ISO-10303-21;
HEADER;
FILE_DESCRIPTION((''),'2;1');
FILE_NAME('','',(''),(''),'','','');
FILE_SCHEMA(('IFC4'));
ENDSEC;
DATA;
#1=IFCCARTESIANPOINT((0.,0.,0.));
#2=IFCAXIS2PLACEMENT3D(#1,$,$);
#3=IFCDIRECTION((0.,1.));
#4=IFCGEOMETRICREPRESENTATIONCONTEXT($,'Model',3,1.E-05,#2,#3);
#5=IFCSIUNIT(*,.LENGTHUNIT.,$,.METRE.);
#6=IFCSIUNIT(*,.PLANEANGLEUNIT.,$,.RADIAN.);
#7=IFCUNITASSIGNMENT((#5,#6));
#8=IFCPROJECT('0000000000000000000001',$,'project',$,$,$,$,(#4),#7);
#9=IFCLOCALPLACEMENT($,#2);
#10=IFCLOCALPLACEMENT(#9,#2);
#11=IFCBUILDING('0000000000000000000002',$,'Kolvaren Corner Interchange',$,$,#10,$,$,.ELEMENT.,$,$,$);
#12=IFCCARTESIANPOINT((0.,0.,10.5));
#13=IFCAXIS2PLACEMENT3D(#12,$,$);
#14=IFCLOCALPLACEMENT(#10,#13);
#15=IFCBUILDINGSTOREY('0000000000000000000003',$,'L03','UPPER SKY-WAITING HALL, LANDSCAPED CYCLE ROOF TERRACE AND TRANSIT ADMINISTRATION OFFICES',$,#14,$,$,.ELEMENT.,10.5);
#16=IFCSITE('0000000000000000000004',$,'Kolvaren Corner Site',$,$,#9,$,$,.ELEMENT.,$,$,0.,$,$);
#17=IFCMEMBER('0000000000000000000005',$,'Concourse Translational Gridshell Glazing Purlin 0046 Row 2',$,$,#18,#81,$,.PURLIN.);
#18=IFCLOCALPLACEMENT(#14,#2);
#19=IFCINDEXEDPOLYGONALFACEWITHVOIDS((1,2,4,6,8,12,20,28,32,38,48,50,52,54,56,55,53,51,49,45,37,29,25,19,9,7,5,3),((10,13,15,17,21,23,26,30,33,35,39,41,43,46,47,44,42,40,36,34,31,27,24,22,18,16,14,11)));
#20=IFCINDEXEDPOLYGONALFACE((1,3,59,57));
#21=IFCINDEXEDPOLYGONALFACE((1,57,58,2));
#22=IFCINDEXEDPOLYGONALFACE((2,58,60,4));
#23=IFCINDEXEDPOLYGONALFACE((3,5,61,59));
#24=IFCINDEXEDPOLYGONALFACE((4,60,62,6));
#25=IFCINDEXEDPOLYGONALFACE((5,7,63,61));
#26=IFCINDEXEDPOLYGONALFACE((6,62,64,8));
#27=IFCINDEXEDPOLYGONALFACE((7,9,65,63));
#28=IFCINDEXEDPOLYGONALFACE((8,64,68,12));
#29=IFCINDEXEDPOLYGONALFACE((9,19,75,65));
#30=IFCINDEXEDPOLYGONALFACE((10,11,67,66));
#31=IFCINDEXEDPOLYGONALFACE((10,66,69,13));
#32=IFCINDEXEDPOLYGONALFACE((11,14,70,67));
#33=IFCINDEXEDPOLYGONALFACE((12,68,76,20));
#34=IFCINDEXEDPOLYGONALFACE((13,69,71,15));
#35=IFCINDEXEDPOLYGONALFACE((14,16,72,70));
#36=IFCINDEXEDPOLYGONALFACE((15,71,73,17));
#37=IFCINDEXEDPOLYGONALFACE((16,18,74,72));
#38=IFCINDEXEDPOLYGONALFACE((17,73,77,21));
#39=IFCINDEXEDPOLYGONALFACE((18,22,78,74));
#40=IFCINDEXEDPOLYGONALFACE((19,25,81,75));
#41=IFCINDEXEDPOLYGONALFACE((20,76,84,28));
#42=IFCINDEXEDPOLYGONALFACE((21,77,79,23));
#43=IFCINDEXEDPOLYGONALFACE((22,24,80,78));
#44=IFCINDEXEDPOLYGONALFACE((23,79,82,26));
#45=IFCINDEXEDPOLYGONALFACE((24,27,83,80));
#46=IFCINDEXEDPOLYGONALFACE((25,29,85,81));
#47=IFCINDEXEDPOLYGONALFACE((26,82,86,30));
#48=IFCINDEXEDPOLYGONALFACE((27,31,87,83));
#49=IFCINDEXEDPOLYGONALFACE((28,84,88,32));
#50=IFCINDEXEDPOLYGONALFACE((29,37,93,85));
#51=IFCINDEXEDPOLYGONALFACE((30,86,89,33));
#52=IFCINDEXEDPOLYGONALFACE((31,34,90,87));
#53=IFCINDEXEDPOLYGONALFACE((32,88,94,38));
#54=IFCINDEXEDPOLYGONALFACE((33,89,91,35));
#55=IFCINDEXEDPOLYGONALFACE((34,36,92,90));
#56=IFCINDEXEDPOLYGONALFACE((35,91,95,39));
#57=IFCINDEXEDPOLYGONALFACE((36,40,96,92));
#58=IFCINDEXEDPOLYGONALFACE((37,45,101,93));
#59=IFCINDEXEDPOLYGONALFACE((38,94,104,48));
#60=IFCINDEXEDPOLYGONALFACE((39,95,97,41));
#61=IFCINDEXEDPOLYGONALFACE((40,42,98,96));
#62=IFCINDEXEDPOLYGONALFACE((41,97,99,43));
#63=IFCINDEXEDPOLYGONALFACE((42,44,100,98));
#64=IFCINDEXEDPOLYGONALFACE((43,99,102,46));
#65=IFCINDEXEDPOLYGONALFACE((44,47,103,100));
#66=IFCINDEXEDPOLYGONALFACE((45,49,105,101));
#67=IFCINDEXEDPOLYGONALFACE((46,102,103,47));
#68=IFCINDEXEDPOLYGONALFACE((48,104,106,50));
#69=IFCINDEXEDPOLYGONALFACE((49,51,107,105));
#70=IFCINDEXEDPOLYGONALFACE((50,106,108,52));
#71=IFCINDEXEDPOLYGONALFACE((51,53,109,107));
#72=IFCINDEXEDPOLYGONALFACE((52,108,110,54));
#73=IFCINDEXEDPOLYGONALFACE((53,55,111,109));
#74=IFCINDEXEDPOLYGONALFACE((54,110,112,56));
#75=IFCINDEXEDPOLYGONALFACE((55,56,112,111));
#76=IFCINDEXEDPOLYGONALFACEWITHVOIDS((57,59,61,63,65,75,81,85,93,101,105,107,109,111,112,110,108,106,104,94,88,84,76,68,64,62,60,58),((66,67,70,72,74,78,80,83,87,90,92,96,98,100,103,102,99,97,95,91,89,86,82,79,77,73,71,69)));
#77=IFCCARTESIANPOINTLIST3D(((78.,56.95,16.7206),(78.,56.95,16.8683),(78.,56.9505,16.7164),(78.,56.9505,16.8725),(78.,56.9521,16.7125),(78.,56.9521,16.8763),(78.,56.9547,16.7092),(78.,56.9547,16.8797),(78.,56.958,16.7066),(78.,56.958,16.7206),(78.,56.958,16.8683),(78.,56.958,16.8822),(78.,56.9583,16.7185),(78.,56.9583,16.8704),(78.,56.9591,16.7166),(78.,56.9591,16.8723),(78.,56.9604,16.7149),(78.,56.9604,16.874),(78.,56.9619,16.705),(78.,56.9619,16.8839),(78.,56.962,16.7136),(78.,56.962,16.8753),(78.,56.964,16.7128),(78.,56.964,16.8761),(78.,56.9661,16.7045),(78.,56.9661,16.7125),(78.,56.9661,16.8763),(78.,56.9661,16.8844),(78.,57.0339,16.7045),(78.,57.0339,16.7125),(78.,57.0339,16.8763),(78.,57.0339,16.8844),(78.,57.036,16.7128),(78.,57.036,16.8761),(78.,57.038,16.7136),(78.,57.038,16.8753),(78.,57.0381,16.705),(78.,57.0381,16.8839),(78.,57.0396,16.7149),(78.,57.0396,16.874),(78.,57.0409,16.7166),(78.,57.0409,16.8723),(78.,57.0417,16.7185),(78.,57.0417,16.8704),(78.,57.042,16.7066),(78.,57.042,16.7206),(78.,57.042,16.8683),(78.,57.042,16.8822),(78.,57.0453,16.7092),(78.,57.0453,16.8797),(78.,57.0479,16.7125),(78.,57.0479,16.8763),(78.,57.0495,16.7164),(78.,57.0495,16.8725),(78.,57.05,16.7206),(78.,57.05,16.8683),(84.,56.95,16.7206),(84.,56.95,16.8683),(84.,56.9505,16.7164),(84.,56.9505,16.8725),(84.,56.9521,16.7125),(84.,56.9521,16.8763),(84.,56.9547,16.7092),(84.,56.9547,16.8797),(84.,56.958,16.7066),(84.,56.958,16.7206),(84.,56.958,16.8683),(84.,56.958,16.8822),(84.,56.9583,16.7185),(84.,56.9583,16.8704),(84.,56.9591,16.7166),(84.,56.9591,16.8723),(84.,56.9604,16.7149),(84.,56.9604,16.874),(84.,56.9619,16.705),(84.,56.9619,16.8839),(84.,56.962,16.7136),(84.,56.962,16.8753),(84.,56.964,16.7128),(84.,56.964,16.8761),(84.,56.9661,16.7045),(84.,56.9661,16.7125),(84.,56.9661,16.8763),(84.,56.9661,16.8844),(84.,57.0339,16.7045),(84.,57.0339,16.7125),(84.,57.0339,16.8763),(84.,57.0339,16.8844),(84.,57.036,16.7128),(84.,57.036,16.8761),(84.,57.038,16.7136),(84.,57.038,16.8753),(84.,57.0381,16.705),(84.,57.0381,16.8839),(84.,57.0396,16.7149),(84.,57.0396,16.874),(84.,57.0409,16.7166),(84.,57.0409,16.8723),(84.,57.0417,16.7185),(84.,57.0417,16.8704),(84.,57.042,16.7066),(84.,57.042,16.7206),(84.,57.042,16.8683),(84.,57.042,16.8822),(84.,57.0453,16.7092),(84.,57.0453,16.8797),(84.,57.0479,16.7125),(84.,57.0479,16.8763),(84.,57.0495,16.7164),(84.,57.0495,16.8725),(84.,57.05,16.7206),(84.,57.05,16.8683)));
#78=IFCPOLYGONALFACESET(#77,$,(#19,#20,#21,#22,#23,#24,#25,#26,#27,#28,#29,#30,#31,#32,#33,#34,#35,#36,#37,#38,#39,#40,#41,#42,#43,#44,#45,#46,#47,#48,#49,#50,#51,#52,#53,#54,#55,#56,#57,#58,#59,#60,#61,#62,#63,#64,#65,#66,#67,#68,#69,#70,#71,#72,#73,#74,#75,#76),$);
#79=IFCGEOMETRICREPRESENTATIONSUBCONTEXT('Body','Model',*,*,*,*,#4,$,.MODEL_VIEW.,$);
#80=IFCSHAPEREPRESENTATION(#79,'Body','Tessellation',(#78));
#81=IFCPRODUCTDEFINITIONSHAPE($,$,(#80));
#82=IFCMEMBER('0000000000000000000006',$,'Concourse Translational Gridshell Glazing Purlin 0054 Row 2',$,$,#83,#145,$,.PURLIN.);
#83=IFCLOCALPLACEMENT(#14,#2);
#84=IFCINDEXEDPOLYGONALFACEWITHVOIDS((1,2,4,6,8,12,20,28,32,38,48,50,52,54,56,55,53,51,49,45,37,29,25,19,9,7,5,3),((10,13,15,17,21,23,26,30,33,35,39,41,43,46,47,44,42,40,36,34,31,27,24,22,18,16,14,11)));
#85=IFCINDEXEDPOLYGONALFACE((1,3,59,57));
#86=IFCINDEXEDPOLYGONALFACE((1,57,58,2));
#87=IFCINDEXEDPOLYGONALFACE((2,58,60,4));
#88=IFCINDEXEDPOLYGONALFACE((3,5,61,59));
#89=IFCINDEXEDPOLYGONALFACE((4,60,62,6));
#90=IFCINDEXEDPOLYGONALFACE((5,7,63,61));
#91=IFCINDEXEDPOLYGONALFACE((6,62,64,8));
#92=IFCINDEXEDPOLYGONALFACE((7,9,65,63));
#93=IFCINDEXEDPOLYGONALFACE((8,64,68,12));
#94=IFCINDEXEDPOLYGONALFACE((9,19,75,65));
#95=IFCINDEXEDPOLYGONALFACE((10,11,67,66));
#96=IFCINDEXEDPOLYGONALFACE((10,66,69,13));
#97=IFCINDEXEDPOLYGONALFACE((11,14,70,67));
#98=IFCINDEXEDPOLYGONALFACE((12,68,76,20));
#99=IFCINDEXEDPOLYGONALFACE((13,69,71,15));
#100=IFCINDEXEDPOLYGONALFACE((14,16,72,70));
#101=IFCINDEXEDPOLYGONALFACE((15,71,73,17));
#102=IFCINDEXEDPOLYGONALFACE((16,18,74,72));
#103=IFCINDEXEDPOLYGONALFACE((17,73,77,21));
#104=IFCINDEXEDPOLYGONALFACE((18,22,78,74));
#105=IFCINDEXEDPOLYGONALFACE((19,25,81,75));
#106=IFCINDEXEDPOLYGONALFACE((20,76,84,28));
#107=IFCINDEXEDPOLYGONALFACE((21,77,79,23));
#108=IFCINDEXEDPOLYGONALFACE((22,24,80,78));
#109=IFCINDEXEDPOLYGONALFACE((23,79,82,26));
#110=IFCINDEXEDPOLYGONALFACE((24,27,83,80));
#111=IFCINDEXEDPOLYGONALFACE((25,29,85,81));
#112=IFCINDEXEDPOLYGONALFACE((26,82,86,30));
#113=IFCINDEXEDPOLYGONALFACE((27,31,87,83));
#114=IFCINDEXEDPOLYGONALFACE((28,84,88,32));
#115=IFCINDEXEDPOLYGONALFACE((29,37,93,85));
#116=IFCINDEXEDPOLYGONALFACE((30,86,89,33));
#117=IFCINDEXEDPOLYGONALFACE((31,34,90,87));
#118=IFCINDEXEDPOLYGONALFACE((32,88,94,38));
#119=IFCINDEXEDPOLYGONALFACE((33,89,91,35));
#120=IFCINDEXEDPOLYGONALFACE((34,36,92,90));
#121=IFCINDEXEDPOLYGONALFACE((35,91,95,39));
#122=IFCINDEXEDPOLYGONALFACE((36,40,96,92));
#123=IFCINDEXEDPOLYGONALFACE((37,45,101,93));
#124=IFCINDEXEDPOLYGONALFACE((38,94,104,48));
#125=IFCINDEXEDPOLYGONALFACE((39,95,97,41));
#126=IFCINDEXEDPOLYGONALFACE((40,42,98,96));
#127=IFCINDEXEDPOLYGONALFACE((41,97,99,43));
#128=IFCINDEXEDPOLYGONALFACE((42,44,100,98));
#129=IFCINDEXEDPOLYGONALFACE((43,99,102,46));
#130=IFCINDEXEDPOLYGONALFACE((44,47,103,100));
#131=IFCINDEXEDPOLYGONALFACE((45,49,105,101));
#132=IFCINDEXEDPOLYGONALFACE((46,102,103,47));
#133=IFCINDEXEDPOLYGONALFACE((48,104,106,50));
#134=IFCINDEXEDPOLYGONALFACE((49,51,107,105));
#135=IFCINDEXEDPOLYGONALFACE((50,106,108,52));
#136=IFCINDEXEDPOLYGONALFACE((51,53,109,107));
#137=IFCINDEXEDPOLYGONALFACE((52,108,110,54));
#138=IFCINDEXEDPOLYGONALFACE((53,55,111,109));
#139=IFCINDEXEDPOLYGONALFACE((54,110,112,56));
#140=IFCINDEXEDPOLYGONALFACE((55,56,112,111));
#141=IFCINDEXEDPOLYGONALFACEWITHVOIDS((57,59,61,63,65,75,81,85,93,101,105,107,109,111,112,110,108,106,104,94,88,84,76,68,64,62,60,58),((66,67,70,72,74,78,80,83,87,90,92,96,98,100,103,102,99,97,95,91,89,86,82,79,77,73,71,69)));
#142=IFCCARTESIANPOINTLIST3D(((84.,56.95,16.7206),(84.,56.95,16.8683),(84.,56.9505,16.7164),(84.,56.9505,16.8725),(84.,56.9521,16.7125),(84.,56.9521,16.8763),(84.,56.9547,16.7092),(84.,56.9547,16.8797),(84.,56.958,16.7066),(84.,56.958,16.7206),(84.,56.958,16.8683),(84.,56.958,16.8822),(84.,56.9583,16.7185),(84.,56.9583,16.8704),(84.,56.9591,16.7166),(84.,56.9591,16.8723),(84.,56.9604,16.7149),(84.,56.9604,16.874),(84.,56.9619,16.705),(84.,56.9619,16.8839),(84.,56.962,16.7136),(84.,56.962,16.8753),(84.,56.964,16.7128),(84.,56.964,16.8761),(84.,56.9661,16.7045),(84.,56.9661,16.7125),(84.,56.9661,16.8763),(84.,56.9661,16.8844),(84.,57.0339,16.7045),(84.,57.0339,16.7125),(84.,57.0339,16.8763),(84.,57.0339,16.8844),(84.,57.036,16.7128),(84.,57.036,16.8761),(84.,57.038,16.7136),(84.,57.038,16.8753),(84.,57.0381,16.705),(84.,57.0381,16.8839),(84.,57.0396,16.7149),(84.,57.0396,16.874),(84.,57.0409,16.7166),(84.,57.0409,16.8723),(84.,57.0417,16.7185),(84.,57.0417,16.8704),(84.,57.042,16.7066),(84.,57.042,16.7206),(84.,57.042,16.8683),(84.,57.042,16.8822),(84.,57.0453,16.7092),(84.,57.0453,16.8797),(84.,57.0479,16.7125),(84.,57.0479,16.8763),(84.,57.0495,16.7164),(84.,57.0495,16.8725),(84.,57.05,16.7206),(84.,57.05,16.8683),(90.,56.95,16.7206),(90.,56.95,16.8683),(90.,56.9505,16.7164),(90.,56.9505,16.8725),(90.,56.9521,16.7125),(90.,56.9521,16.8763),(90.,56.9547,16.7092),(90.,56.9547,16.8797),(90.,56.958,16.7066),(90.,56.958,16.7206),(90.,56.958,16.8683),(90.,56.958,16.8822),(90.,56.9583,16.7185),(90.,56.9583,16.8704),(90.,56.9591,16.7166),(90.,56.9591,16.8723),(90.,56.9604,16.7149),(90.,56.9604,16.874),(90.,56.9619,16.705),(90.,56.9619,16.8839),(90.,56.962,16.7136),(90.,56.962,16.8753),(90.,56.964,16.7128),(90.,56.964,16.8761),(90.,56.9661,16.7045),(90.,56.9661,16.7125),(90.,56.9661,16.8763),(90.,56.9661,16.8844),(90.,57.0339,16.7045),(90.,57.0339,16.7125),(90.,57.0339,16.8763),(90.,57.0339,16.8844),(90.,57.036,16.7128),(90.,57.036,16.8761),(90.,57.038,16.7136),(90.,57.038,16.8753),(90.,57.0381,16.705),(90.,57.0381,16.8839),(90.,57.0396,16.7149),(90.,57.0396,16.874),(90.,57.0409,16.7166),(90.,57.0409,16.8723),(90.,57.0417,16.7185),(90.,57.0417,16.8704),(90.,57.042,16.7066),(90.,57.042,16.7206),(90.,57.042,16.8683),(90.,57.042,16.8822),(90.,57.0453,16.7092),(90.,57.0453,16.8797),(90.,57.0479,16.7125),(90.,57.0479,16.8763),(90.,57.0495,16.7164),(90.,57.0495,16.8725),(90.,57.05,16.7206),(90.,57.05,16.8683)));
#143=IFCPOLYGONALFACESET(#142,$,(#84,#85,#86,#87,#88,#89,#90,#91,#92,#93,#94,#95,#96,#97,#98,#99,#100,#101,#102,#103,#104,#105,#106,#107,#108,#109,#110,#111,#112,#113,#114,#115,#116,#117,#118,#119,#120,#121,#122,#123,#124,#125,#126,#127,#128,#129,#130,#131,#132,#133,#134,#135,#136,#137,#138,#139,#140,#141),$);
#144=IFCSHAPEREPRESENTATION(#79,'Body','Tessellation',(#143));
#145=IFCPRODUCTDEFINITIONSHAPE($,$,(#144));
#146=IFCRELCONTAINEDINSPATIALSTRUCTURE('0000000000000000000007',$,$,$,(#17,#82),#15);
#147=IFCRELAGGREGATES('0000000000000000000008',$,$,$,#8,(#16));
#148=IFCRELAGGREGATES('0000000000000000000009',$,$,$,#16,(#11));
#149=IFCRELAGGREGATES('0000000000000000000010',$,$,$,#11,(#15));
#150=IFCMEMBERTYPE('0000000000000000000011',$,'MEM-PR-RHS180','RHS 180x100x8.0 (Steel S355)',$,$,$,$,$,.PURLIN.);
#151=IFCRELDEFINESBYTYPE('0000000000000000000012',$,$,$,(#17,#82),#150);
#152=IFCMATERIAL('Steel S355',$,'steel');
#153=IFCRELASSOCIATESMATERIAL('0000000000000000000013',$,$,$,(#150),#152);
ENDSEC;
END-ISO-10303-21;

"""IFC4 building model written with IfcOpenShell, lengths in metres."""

from ifc_helpers import new_model, si_unit, direction, frame, origin, origin_2d, place, context, subcontext, project, spatial, hollow_rectangle, extrude, material, material_profile, profile_set, type_object, element, save


model = new_model("IFC4")

# Units and contexts
model_context = context("Model", 3, precision=1e-05, world=origin(), true_north=direction((0.0, 1.0)))
body_context = subcontext(model_context, "Body", "Model", "MODEL_VIEW")
ifc_project = project(units=[si_unit("LENGTHUNIT", "METRE"), si_unit("PLANEANGLEUNIT", "RADIAN")], contexts=[model_context])

# Site, building, storey
site_placement = place(None, origin())
site = spatial("IfcSite", under=ifc_project, at=site_placement, Name="Kolvaren Corner Site", CompositionType="ELEMENT", RefElevation=0.0)
building_placement = place(site_placement, origin())
building = spatial("IfcBuilding", under=site, at=building_placement, Name="Kolvaren Corner Interchange", CompositionType="ELEMENT")
storey_placement = place(building_placement, frame((0.0, 0.0, 10.5)))
storey = spatial("IfcBuildingStorey", under=building, at=storey_placement, Name="L03", Description="UPPER SKY-WAITING HALL, LANDSCAPED CYCLE ROOF TERRACE AND TRANSIT ADMINISTRATION OFFICES", CompositionType="ELEMENT", Elevation=10.5)

# Members
ifc_material_1 = material(Name="Steel S355", Category="steel")
ifc_material_profile_1 = material_profile(ifc_material_1, hollow_rectangle(XDim=0.1001, YDim=0.1799, WallThickness=0.0081, InnerFilletRadius=0.0081, OuterFilletRadius=0.0161, at=origin_2d()), Name="RHS 180x100x8.0")
ifc_profile_set_1 = profile_set([ifc_material_profile_1], Name="Steel S355")
member_type_1 = type_object("IfcMemberType", Name="MEM-PR-RHS180", Description="RHS 180x100x8.0 (Steel S355)", PredefinedType="PURLIN", material=ifc_profile_set_1)
for number, where, z_axis, x_axis, name in (
    (1, (78.0, 57.0, 16.7944), (1.0, 0.0, 0.0), (0.0, 1.0, 0.0), "Concourse Translational Gridshell Glazing Purlin 0046 Row 2"),
    (2, (84.0, 57.0, 16.7944), (1.0, 0.0, 0.0), (0.0, 1.0, 0.0), "Concourse Translational Gridshell Glazing Purlin 0054 Row 2"),
):
    element("IfcMember", number, at=place(storey_placement, frame(where, z_axis=z_axis, x_axis=x_axis)), inside=storey, type_object=member_type_1, Name=name, PredefinedType="PURLIN", context=body_context, shape_type="SweptSolid", body=[
        extrude(hollow_rectangle(XDim=0.1001, YDim=0.1799, WallThickness=0.0081, InnerFilletRadius=0.0081, OuterFilletRadius=0.0161, at=origin_2d()), origin(), (0.0, 0.0, 1.0), 6.0),
    ])

save(model, "model.ifc")
